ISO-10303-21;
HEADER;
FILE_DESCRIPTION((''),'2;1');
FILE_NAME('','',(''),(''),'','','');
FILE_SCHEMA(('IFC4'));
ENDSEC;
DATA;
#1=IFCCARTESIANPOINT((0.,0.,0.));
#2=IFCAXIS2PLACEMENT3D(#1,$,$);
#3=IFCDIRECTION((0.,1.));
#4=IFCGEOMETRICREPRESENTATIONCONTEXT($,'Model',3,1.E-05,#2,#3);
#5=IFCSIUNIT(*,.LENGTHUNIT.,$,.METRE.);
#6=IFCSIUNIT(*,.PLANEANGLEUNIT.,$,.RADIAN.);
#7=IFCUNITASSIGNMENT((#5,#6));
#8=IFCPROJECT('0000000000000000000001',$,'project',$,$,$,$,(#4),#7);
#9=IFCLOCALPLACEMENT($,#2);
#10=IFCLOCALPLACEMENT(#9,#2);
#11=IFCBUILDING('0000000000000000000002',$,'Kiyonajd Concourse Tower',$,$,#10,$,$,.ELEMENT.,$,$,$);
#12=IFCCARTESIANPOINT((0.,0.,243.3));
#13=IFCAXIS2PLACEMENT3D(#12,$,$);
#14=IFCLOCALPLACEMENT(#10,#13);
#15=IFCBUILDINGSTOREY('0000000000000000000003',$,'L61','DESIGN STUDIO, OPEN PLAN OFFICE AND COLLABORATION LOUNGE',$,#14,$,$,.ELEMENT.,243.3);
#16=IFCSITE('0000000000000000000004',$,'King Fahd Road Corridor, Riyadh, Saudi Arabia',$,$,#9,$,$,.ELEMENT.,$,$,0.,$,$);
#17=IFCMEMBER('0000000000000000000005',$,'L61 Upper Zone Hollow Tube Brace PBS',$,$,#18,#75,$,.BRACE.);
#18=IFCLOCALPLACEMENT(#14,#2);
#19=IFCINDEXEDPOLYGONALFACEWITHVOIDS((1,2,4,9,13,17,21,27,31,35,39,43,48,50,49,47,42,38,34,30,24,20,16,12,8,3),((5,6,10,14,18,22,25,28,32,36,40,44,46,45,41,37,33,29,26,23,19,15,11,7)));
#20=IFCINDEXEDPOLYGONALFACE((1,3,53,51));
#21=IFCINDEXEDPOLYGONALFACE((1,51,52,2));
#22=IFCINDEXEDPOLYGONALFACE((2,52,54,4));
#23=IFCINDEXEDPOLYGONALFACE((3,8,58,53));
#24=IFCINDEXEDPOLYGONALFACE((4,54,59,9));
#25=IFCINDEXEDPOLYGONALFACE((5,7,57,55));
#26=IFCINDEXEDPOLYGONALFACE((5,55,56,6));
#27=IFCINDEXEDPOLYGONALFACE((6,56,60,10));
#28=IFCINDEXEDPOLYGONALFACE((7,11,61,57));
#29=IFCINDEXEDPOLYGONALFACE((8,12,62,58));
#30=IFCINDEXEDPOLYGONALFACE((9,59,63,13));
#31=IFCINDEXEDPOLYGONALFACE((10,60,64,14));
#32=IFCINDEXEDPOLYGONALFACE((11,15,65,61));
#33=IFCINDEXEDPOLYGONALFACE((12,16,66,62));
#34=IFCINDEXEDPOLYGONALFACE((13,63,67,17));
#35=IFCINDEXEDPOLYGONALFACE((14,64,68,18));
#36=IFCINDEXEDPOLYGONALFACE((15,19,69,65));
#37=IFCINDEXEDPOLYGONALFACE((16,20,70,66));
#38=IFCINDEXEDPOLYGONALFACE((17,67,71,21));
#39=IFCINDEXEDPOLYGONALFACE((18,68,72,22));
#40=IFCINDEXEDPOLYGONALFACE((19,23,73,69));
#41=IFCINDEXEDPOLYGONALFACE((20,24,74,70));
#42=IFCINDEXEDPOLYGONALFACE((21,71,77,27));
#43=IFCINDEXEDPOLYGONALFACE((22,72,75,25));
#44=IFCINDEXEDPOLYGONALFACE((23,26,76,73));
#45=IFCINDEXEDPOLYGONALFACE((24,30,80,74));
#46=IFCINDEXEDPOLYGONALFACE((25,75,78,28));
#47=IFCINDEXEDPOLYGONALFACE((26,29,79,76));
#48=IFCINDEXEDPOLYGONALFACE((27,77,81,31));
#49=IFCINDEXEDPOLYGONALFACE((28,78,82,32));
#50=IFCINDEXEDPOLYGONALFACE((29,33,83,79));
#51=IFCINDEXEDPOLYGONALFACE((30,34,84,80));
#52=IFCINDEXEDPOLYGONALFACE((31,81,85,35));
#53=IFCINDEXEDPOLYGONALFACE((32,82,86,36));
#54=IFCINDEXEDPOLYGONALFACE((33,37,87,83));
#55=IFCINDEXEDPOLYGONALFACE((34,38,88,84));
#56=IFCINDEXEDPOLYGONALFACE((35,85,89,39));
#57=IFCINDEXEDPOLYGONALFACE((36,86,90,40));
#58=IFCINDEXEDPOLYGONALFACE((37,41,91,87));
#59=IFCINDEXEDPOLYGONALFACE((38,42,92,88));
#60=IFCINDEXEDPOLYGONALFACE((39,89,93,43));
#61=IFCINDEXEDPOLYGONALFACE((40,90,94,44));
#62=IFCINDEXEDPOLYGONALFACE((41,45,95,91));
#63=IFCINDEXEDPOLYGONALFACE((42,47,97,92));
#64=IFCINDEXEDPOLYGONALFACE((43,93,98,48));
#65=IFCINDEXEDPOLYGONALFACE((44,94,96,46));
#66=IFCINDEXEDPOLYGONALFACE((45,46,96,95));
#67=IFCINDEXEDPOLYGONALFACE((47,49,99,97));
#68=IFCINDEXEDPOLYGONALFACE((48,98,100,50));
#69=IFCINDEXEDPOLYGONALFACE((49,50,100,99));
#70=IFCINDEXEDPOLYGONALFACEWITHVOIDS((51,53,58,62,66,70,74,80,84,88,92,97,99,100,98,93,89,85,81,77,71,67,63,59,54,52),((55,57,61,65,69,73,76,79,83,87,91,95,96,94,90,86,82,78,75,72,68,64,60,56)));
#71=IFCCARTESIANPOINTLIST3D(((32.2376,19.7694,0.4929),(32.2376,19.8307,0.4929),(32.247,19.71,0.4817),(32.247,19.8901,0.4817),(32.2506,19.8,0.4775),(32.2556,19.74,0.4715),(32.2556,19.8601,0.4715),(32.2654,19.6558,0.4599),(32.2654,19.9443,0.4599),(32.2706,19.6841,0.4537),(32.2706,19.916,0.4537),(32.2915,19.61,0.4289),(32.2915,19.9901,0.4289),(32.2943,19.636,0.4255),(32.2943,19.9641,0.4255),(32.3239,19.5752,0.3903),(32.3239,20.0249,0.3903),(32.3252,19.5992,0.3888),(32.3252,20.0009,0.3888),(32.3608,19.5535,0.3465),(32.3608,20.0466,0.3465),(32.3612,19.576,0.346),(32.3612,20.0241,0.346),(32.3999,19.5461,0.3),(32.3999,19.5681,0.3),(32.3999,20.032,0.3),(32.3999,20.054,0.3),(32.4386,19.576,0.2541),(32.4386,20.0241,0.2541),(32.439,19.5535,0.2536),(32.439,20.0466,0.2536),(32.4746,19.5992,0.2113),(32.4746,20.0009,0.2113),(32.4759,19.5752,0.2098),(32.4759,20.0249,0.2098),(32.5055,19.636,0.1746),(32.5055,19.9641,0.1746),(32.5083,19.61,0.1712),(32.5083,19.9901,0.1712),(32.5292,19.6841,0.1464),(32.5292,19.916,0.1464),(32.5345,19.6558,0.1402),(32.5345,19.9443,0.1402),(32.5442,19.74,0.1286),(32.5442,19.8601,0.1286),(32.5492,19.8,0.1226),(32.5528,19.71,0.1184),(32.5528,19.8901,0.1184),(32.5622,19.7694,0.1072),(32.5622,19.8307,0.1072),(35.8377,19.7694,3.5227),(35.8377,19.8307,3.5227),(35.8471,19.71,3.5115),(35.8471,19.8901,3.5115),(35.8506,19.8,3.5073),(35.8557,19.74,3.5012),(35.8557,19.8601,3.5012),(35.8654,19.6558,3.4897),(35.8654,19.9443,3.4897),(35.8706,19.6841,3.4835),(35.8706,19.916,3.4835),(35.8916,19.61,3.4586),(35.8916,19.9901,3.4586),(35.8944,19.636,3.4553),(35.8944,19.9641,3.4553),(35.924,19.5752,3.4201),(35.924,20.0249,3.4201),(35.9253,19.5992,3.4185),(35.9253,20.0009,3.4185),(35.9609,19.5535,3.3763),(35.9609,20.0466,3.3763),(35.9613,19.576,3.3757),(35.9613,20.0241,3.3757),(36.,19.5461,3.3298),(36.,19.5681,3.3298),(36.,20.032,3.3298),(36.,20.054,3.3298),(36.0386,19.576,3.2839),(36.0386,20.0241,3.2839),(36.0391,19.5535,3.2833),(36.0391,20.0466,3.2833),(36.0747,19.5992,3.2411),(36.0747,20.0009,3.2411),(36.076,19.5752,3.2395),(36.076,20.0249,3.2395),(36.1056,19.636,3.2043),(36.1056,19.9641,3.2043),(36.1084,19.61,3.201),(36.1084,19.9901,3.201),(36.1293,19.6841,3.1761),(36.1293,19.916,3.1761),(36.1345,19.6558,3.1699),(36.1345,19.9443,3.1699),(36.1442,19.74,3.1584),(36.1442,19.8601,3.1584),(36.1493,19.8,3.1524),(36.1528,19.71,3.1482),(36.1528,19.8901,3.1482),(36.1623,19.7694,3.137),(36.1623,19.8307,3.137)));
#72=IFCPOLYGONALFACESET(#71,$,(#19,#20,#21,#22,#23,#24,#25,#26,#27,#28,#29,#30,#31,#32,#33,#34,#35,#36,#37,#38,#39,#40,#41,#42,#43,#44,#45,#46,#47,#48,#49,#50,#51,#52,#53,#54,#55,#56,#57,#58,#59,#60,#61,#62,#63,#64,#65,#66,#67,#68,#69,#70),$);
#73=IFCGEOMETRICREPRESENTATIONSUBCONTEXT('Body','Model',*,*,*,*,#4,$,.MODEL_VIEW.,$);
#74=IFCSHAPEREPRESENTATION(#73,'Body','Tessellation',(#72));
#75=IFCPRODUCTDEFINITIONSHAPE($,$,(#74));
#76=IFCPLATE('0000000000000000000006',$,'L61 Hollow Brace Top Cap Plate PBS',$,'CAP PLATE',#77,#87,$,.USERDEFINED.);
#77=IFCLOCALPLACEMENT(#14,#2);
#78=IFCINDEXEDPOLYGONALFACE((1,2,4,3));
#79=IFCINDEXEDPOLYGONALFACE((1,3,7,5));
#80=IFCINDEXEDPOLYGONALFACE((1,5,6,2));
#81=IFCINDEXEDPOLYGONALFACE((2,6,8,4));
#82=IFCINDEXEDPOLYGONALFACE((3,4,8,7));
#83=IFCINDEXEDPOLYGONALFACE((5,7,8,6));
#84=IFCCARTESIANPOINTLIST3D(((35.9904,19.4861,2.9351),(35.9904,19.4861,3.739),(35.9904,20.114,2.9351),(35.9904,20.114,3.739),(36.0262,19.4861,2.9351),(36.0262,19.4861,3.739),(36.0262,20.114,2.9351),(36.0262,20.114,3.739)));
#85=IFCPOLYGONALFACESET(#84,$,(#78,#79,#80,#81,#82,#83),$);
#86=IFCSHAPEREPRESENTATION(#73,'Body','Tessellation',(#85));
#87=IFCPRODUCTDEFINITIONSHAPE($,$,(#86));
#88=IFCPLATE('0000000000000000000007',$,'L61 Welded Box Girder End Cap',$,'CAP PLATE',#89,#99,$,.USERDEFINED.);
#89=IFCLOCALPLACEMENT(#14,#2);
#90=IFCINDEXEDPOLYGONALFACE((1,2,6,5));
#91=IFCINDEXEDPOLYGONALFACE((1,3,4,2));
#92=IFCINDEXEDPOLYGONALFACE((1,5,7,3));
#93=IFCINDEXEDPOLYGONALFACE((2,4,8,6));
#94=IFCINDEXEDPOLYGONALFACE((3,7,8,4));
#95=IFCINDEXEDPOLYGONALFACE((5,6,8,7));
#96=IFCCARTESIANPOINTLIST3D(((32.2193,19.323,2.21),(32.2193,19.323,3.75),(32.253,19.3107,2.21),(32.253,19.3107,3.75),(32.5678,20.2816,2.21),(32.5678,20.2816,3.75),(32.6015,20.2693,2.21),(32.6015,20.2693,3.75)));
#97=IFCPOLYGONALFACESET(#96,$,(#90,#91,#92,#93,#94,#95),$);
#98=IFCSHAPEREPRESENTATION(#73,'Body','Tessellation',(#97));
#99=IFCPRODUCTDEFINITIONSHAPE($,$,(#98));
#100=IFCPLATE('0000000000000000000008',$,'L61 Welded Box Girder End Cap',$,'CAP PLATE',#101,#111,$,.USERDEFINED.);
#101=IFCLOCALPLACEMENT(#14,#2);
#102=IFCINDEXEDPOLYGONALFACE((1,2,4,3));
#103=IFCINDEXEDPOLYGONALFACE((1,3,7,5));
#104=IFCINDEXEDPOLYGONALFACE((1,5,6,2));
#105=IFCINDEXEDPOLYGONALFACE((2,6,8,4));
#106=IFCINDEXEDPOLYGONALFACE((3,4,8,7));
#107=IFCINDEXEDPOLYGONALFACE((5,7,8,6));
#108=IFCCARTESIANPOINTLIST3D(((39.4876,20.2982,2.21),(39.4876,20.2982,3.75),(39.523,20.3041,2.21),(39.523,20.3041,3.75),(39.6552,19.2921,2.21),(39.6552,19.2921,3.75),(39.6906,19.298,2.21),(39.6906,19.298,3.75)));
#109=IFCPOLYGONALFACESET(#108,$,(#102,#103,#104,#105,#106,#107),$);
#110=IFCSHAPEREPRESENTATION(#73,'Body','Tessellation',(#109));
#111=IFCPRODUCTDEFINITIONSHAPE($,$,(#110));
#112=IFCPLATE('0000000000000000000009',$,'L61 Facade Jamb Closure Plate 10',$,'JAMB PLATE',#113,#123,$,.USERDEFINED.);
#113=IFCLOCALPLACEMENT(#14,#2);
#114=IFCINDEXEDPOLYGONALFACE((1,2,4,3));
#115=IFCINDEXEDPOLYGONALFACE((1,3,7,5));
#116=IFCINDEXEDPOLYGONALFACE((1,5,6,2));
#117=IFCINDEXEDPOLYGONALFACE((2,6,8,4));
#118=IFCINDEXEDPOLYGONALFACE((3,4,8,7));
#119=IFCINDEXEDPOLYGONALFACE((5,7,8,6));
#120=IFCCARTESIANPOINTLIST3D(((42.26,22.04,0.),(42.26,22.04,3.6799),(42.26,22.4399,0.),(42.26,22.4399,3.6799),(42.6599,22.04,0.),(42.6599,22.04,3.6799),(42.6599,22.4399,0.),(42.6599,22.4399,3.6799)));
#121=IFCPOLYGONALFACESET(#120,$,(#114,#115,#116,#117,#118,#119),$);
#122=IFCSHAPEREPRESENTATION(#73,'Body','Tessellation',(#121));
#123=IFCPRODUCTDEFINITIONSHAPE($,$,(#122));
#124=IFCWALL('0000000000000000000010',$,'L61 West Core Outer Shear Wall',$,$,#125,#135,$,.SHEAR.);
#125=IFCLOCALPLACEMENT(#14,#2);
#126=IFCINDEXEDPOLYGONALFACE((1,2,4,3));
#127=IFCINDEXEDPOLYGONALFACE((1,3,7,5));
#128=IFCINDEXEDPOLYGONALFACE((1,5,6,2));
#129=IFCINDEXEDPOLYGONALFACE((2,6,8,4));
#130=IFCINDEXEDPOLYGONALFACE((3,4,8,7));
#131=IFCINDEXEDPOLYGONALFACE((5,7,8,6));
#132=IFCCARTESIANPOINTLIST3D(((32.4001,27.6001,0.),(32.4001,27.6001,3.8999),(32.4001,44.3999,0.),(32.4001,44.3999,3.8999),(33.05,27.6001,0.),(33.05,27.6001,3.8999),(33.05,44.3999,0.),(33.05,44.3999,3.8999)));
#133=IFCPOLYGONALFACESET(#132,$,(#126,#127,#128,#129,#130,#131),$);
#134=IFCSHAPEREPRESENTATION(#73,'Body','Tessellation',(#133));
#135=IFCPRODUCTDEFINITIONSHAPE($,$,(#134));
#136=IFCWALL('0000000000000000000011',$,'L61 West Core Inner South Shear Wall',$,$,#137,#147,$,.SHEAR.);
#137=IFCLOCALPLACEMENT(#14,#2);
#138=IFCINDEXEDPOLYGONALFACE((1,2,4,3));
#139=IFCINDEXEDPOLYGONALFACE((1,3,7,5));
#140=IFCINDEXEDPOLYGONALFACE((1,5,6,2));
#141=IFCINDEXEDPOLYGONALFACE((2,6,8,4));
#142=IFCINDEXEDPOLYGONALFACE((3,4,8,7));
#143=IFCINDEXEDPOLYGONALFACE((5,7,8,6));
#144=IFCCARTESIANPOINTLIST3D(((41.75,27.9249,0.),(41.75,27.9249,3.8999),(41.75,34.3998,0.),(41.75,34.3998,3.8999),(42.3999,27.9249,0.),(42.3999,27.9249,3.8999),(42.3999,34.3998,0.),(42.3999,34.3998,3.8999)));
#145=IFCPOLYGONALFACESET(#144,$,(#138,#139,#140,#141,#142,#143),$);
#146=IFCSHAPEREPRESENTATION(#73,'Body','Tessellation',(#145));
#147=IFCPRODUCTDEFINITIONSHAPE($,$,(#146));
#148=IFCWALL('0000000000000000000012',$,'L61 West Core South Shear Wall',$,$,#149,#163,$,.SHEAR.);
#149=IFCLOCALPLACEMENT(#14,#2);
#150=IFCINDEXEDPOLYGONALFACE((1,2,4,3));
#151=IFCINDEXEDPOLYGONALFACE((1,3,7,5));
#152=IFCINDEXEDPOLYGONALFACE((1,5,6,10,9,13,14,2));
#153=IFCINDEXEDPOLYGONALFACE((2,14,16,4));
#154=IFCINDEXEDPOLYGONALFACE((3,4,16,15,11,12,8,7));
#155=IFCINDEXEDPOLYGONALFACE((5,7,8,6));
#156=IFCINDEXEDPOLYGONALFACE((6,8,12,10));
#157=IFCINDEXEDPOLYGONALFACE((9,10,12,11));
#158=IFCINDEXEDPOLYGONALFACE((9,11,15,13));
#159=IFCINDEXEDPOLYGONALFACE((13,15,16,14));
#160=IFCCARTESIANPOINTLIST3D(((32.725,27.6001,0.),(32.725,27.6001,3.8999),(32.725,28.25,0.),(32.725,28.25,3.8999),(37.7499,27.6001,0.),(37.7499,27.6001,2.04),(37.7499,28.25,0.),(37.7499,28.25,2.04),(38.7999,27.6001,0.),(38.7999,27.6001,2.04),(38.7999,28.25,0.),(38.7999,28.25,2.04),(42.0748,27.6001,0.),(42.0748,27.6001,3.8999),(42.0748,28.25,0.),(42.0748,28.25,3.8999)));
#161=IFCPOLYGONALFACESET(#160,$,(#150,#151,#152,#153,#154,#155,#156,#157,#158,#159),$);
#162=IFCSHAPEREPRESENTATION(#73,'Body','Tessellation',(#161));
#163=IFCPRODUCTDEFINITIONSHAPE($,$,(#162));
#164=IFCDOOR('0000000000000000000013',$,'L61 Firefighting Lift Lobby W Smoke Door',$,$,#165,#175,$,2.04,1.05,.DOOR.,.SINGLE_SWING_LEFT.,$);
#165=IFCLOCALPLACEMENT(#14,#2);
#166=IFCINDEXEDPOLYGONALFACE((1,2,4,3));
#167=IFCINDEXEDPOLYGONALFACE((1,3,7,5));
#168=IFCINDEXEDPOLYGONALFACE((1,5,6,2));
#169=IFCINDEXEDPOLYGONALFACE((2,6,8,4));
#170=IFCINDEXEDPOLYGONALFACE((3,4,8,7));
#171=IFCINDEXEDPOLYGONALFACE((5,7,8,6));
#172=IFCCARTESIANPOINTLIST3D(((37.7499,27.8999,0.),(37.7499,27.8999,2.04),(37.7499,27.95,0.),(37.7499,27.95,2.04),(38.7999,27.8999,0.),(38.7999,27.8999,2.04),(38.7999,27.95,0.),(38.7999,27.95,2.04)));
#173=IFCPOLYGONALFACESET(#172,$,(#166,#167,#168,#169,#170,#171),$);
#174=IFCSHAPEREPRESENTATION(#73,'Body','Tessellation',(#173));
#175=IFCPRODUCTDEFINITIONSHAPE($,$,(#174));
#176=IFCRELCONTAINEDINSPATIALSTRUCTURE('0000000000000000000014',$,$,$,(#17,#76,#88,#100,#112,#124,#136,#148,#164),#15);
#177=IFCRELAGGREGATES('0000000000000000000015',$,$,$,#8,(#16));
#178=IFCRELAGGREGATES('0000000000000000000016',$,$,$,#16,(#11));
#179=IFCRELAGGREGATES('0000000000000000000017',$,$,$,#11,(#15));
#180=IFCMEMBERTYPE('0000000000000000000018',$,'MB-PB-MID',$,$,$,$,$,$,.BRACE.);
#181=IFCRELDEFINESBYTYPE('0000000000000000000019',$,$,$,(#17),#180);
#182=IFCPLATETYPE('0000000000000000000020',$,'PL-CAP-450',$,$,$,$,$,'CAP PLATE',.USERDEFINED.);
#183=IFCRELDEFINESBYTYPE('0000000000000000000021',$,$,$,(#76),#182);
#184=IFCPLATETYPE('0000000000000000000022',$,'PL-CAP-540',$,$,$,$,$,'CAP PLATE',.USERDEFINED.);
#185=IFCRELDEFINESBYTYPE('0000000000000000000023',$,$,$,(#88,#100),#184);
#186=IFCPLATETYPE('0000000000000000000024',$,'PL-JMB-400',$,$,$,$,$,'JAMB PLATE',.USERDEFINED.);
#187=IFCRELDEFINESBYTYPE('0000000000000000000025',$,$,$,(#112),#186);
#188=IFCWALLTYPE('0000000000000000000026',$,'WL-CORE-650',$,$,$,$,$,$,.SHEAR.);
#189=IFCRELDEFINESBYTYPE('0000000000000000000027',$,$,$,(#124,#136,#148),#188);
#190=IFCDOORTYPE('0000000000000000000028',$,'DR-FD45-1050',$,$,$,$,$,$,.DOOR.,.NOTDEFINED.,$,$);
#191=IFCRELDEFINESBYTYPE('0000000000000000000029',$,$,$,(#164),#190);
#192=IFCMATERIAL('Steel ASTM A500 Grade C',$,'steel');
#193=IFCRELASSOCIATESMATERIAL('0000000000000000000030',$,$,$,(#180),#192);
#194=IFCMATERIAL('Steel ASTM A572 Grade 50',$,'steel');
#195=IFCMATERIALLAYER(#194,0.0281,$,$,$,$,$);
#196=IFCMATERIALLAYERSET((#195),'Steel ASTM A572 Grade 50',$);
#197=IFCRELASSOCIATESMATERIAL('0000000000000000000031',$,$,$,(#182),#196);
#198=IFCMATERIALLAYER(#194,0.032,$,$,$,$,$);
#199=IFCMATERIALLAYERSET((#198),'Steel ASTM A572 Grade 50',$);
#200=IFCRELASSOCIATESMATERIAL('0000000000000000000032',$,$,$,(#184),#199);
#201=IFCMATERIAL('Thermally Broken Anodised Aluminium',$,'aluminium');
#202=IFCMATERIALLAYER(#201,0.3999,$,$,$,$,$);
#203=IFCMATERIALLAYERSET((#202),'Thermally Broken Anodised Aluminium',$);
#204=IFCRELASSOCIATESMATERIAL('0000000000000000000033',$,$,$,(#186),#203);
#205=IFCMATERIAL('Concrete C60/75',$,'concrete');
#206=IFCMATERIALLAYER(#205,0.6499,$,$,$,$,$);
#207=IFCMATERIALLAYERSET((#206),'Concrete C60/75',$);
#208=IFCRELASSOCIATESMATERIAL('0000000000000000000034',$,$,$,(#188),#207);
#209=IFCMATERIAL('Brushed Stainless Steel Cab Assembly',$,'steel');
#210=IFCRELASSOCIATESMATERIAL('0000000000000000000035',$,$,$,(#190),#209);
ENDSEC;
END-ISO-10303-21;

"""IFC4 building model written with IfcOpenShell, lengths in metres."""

from ifc_helpers import new_model, si_unit, direction, frame, frame_2d, origin, origin_2d, place, context, subcontext, project, spatial, rectangle, hollow_circle, extrude, material, layer, layer_set, material_profile, profile_set, type_object, element, fill, save


model = new_model("IFC4")

# Units and contexts
model_context = context("Model", 3, precision=1e-05, world=origin(), true_north=direction((0.0, 1.0)))
body_context = subcontext(model_context, "Body", "Model", "MODEL_VIEW")
ifc_project = project(units=[si_unit("LENGTHUNIT", "METRE"), si_unit("PLANEANGLEUNIT", "RADIAN")], contexts=[model_context])

# Site, building, storey
site_placement = place(None, origin())
site = spatial("IfcSite", under=ifc_project, at=site_placement, Name="King Fahd Road Corridor, Riyadh, Saudi Arabia", CompositionType="ELEMENT", RefElevation=0.0)
building_placement = place(site_placement, origin())
building = spatial("IfcBuilding", under=site, at=building_placement, Name="Kiyonajd Concourse Tower", CompositionType="ELEMENT")
storey_placement = place(building_placement, frame((0.0, 0.0, 243.3)))
storey = spatial("IfcBuildingStorey", under=building, at=storey_placement, Name="L61", Description="DESIGN STUDIO, OPEN PLAN OFFICE AND COLLABORATION LOUNGE", CompositionType="ELEMENT", Elevation=243.3)

# Shared definitions
ifc_material_1 = material(Name="Concrete C60/75", Category="concrete")

# Shared definitions
ifc_material_2 = material(Name="Steel ASTM A572 Grade 50", Category="steel")

# Member
ifc_material_3 = material(Name="Steel ASTM A500 Grade C", Category="steel")
ifc_material_profile_1 = material_profile(ifc_material_3, hollow_circle(Radius=0.2539, WallThickness=0.022, at=origin_2d()), Name="CHS-508x22")
ifc_profile_set_1 = profile_set([ifc_material_profile_1], Name="Steel ASTM A500 Grade C")
member_type = type_object("IfcMemberType", Name="MB-PB-MID", PredefinedType="BRACE", material=ifc_profile_set_1)
member_placement = place(storey_placement, frame((32.3999, 19.8, 0.3), z_axis=(0.765108, 0.0, 0.643902), x_axis=(0.0, 1.0, 0.0)))
element("IfcMember", 1, at=member_placement, inside=storey, type_object=member_type, Name="L61 Upper Zone Hollow Tube Brace PBS", PredefinedType="BRACE", context=body_context, shape_type="SweptSolid", body=[
    extrude(hollow_circle(Radius=0.2539, WallThickness=0.022, at=origin_2d()), origin(), (0.0, 0.0, 1.0), 4.7053),
])

# Plates
ifc_layer_1 = layer(ifc_material_2, 0.0281)
ifc_layer_set_1 = layer_set([ifc_layer_1], Name="Steel ASTM A572 Grade 50")
plate_type_1 = type_object("IfcPlateType", Name="PL-CAP-450", ElementType="CAP PLATE", PredefinedType="USERDEFINED", material=ifc_layer_set_1)
plate_1_placement = place(storey_placement, frame((36.0083, 19.8, 2.9351), z_axis=(0.0, 0.0, 1.0), x_axis=(1.0, 0.0, 0.0)))
element("IfcPlate", 2, at=plate_1_placement, inside=storey, type_object=plate_type_1, Name="L61 Hollow Brace Top Cap Plate PBS", ObjectType="CAP PLATE", PredefinedType="USERDEFINED", context=body_context, shape_type="SweptSolid", body=[
    extrude(rectangle(XDim=0.0359, YDim=0.6279, at=origin_2d()), origin(), (0.0, 0.0, 1.0), 0.804),
])
ifc_layer_2 = layer(ifc_material_2, 0.032)
ifc_layer_set_2 = layer_set([ifc_layer_2], Name="Steel ASTM A572 Grade 50")
plate_type_2 = type_object("IfcPlateType", Name="PL-CAP-540", ElementType="CAP PLATE", PredefinedType="USERDEFINED", material=ifc_layer_set_2)
for number, where, z_axis, x_axis, name in (
    (3, (32.4104, 19.7961, 2.21), (0.0, 0.0, 1.0), (0.939812, -0.341692, 0.0), "L61 Welded Box Girder End Cap"),
    (4, (39.5891, 19.7981, 2.21), (0.0, 0.0, 1.0), (-0.986401, -0.164359, 0.0), "L61 Welded Box Girder End Cap"),
):
    element("IfcPlate", number, at=place(storey_placement, frame(where, z_axis=z_axis, x_axis=x_axis)), inside=storey, type_object=plate_type_2, Name=name, ObjectType="CAP PLATE", PredefinedType="USERDEFINED", context=body_context, shape_type="SweptSolid", body=[
        extrude(rectangle(XDim=0.0359, YDim=1.02, at=origin_2d()), origin(), (0.0, 0.0, 1.0), 1.54),
    ])
ifc_material_4 = material(Name="Thermally Broken Anodised Aluminium", Category="aluminium")
ifc_layer_3 = layer(ifc_material_4, 0.3999)
ifc_layer_set_3 = layer_set([ifc_layer_3], Name="Thermally Broken Anodised Aluminium")
plate_type_3 = type_object("IfcPlateType", Name="PL-JMB-400", ElementType="JAMB PLATE", PredefinedType="USERDEFINED", material=ifc_layer_set_3)
plate_2_placement = place(storey_placement, frame((42.46, 22.24, 0.0), z_axis=(0.0, 0.0, 1.0), x_axis=(1.0, 0.0, 0.0)))
element("IfcPlate", 5, at=plate_2_placement, inside=storey, type_object=plate_type_3, Name="L61 Facade Jamb Closure Plate 10", ObjectType="JAMB PLATE", PredefinedType="USERDEFINED", context=body_context, shape_type="SweptSolid", body=[
    extrude(rectangle(XDim=0.3999, YDim=0.3999, at=origin_2d()), origin(), (0.0, 0.0, 1.0), 3.6799),
])

# Walls
ifc_layer_4 = layer(ifc_material_1, 0.6499)
ifc_layer_set_4 = layer_set([ifc_layer_4], Name="Concrete C60/75")
wall_type_1 = type_object("IfcWallType", Name="WL-CORE-650", PredefinedType="SHEAR", material=ifc_layer_set_4)
wall_1_placement = place(storey_placement, frame((32.7251, 27.6001, 0.0), z_axis=(0.0, 0.0, 1.0), x_axis=(0.0, 1.0, 0.0)))
element("IfcWall", 6, at=wall_1_placement, inside=storey, type_object=wall_type_1, Name="L61 West Core Outer Shear Wall", PredefinedType="SHEAR", context=body_context, shape_type="SweptSolid", body=[
    extrude(rectangle(XDim=16.7998, YDim=0.6499, at=frame_2d((8.3999, 0.0))), origin(), (0.0, 0.0, 1.0), 3.8999),
])
wall_2_placement = place(storey_placement, frame((42.075, 27.925, 0.0), z_axis=(0.0, 0.0, 1.0), x_axis=(0.0, 1.0, 0.0)))
element("IfcWall", 7, at=wall_2_placement, inside=storey, type_object=wall_type_1, Name="L61 West Core Inner South Shear Wall", PredefinedType="SHEAR", context=body_context, shape_type="SweptSolid", body=[
    extrude(rectangle(XDim=6.4749, YDim=0.6499, at=frame_2d((3.2373, 0.0))), origin(), (0.0, 0.0, 1.0), 3.8999),
])

# Wall, opening, door
wall_3_placement = place(storey_placement, frame((32.7251, 27.925, 0.0), z_axis=(0.0, 0.0, 1.0), x_axis=(1.0, 0.0, 0.0)))
wall_3 = element("IfcWall", 8, at=wall_3_placement, inside=storey, type_object=wall_type_1, Name="L61 West Core South Shear Wall", PredefinedType="SHEAR", context=body_context, shape_type="SweptSolid", body=[
    extrude(rectangle(XDim=9.3499, YDim=0.6499, at=frame_2d((4.6748, 0.0))), origin(), (0.0, 0.0, 1.0), 3.8999),
])
opening_placement = place(wall_3_placement, frame((5.0249, 0.0, 0.0)))
opening = element("IfcOpeningElement", 9, at=opening_placement, cuts=wall_3, PredefinedType="OPENING", context=body_context, shape_type="SweptSolid", body=[
    extrude(rectangle(XDim=1.05, YDim=2.04, at=frame_2d((0.5249, 1.02))), frame((0.0, 0.335, 0.0), z_axis=(0.0, -1.0, 0.0), x_axis=(1.0, 0.0, 0.0)), (0.0, 0.0, 1.0), 0.6699),
])
ifc_material_5 = material(Name="Brushed Stainless Steel Cab Assembly", Category="steel")
door_type = type_object("IfcDoorType", Name="DR-FD45-1050", OperationType="NOTDEFINED", PredefinedType="DOOR", material=ifc_material_5)
door_placement = place(opening_placement, origin())
door = element("IfcDoor", 10, at=door_placement, inside=storey, type_object=door_type, Name="L61 Firefighting Lift Lobby W Smoke Door", OperationType="SINGLE_SWING_LEFT", OverallHeight=2.04, OverallWidth=1.05, PredefinedType="DOOR", context=body_context, shape_type="SweptSolid", body=[
    extrude(rectangle(XDim=1.05, YDim=2.04, at=frame_2d((0.5249, 1.02))), frame((0.0, 0.0249, 0.0), z_axis=(0.0, -1.0, 0.0), x_axis=(1.0, 0.0, 0.0)), (0.0, 0.0, 1.0), 0.05),
])
fill(opening, door)

save(model, "model.ifc")
